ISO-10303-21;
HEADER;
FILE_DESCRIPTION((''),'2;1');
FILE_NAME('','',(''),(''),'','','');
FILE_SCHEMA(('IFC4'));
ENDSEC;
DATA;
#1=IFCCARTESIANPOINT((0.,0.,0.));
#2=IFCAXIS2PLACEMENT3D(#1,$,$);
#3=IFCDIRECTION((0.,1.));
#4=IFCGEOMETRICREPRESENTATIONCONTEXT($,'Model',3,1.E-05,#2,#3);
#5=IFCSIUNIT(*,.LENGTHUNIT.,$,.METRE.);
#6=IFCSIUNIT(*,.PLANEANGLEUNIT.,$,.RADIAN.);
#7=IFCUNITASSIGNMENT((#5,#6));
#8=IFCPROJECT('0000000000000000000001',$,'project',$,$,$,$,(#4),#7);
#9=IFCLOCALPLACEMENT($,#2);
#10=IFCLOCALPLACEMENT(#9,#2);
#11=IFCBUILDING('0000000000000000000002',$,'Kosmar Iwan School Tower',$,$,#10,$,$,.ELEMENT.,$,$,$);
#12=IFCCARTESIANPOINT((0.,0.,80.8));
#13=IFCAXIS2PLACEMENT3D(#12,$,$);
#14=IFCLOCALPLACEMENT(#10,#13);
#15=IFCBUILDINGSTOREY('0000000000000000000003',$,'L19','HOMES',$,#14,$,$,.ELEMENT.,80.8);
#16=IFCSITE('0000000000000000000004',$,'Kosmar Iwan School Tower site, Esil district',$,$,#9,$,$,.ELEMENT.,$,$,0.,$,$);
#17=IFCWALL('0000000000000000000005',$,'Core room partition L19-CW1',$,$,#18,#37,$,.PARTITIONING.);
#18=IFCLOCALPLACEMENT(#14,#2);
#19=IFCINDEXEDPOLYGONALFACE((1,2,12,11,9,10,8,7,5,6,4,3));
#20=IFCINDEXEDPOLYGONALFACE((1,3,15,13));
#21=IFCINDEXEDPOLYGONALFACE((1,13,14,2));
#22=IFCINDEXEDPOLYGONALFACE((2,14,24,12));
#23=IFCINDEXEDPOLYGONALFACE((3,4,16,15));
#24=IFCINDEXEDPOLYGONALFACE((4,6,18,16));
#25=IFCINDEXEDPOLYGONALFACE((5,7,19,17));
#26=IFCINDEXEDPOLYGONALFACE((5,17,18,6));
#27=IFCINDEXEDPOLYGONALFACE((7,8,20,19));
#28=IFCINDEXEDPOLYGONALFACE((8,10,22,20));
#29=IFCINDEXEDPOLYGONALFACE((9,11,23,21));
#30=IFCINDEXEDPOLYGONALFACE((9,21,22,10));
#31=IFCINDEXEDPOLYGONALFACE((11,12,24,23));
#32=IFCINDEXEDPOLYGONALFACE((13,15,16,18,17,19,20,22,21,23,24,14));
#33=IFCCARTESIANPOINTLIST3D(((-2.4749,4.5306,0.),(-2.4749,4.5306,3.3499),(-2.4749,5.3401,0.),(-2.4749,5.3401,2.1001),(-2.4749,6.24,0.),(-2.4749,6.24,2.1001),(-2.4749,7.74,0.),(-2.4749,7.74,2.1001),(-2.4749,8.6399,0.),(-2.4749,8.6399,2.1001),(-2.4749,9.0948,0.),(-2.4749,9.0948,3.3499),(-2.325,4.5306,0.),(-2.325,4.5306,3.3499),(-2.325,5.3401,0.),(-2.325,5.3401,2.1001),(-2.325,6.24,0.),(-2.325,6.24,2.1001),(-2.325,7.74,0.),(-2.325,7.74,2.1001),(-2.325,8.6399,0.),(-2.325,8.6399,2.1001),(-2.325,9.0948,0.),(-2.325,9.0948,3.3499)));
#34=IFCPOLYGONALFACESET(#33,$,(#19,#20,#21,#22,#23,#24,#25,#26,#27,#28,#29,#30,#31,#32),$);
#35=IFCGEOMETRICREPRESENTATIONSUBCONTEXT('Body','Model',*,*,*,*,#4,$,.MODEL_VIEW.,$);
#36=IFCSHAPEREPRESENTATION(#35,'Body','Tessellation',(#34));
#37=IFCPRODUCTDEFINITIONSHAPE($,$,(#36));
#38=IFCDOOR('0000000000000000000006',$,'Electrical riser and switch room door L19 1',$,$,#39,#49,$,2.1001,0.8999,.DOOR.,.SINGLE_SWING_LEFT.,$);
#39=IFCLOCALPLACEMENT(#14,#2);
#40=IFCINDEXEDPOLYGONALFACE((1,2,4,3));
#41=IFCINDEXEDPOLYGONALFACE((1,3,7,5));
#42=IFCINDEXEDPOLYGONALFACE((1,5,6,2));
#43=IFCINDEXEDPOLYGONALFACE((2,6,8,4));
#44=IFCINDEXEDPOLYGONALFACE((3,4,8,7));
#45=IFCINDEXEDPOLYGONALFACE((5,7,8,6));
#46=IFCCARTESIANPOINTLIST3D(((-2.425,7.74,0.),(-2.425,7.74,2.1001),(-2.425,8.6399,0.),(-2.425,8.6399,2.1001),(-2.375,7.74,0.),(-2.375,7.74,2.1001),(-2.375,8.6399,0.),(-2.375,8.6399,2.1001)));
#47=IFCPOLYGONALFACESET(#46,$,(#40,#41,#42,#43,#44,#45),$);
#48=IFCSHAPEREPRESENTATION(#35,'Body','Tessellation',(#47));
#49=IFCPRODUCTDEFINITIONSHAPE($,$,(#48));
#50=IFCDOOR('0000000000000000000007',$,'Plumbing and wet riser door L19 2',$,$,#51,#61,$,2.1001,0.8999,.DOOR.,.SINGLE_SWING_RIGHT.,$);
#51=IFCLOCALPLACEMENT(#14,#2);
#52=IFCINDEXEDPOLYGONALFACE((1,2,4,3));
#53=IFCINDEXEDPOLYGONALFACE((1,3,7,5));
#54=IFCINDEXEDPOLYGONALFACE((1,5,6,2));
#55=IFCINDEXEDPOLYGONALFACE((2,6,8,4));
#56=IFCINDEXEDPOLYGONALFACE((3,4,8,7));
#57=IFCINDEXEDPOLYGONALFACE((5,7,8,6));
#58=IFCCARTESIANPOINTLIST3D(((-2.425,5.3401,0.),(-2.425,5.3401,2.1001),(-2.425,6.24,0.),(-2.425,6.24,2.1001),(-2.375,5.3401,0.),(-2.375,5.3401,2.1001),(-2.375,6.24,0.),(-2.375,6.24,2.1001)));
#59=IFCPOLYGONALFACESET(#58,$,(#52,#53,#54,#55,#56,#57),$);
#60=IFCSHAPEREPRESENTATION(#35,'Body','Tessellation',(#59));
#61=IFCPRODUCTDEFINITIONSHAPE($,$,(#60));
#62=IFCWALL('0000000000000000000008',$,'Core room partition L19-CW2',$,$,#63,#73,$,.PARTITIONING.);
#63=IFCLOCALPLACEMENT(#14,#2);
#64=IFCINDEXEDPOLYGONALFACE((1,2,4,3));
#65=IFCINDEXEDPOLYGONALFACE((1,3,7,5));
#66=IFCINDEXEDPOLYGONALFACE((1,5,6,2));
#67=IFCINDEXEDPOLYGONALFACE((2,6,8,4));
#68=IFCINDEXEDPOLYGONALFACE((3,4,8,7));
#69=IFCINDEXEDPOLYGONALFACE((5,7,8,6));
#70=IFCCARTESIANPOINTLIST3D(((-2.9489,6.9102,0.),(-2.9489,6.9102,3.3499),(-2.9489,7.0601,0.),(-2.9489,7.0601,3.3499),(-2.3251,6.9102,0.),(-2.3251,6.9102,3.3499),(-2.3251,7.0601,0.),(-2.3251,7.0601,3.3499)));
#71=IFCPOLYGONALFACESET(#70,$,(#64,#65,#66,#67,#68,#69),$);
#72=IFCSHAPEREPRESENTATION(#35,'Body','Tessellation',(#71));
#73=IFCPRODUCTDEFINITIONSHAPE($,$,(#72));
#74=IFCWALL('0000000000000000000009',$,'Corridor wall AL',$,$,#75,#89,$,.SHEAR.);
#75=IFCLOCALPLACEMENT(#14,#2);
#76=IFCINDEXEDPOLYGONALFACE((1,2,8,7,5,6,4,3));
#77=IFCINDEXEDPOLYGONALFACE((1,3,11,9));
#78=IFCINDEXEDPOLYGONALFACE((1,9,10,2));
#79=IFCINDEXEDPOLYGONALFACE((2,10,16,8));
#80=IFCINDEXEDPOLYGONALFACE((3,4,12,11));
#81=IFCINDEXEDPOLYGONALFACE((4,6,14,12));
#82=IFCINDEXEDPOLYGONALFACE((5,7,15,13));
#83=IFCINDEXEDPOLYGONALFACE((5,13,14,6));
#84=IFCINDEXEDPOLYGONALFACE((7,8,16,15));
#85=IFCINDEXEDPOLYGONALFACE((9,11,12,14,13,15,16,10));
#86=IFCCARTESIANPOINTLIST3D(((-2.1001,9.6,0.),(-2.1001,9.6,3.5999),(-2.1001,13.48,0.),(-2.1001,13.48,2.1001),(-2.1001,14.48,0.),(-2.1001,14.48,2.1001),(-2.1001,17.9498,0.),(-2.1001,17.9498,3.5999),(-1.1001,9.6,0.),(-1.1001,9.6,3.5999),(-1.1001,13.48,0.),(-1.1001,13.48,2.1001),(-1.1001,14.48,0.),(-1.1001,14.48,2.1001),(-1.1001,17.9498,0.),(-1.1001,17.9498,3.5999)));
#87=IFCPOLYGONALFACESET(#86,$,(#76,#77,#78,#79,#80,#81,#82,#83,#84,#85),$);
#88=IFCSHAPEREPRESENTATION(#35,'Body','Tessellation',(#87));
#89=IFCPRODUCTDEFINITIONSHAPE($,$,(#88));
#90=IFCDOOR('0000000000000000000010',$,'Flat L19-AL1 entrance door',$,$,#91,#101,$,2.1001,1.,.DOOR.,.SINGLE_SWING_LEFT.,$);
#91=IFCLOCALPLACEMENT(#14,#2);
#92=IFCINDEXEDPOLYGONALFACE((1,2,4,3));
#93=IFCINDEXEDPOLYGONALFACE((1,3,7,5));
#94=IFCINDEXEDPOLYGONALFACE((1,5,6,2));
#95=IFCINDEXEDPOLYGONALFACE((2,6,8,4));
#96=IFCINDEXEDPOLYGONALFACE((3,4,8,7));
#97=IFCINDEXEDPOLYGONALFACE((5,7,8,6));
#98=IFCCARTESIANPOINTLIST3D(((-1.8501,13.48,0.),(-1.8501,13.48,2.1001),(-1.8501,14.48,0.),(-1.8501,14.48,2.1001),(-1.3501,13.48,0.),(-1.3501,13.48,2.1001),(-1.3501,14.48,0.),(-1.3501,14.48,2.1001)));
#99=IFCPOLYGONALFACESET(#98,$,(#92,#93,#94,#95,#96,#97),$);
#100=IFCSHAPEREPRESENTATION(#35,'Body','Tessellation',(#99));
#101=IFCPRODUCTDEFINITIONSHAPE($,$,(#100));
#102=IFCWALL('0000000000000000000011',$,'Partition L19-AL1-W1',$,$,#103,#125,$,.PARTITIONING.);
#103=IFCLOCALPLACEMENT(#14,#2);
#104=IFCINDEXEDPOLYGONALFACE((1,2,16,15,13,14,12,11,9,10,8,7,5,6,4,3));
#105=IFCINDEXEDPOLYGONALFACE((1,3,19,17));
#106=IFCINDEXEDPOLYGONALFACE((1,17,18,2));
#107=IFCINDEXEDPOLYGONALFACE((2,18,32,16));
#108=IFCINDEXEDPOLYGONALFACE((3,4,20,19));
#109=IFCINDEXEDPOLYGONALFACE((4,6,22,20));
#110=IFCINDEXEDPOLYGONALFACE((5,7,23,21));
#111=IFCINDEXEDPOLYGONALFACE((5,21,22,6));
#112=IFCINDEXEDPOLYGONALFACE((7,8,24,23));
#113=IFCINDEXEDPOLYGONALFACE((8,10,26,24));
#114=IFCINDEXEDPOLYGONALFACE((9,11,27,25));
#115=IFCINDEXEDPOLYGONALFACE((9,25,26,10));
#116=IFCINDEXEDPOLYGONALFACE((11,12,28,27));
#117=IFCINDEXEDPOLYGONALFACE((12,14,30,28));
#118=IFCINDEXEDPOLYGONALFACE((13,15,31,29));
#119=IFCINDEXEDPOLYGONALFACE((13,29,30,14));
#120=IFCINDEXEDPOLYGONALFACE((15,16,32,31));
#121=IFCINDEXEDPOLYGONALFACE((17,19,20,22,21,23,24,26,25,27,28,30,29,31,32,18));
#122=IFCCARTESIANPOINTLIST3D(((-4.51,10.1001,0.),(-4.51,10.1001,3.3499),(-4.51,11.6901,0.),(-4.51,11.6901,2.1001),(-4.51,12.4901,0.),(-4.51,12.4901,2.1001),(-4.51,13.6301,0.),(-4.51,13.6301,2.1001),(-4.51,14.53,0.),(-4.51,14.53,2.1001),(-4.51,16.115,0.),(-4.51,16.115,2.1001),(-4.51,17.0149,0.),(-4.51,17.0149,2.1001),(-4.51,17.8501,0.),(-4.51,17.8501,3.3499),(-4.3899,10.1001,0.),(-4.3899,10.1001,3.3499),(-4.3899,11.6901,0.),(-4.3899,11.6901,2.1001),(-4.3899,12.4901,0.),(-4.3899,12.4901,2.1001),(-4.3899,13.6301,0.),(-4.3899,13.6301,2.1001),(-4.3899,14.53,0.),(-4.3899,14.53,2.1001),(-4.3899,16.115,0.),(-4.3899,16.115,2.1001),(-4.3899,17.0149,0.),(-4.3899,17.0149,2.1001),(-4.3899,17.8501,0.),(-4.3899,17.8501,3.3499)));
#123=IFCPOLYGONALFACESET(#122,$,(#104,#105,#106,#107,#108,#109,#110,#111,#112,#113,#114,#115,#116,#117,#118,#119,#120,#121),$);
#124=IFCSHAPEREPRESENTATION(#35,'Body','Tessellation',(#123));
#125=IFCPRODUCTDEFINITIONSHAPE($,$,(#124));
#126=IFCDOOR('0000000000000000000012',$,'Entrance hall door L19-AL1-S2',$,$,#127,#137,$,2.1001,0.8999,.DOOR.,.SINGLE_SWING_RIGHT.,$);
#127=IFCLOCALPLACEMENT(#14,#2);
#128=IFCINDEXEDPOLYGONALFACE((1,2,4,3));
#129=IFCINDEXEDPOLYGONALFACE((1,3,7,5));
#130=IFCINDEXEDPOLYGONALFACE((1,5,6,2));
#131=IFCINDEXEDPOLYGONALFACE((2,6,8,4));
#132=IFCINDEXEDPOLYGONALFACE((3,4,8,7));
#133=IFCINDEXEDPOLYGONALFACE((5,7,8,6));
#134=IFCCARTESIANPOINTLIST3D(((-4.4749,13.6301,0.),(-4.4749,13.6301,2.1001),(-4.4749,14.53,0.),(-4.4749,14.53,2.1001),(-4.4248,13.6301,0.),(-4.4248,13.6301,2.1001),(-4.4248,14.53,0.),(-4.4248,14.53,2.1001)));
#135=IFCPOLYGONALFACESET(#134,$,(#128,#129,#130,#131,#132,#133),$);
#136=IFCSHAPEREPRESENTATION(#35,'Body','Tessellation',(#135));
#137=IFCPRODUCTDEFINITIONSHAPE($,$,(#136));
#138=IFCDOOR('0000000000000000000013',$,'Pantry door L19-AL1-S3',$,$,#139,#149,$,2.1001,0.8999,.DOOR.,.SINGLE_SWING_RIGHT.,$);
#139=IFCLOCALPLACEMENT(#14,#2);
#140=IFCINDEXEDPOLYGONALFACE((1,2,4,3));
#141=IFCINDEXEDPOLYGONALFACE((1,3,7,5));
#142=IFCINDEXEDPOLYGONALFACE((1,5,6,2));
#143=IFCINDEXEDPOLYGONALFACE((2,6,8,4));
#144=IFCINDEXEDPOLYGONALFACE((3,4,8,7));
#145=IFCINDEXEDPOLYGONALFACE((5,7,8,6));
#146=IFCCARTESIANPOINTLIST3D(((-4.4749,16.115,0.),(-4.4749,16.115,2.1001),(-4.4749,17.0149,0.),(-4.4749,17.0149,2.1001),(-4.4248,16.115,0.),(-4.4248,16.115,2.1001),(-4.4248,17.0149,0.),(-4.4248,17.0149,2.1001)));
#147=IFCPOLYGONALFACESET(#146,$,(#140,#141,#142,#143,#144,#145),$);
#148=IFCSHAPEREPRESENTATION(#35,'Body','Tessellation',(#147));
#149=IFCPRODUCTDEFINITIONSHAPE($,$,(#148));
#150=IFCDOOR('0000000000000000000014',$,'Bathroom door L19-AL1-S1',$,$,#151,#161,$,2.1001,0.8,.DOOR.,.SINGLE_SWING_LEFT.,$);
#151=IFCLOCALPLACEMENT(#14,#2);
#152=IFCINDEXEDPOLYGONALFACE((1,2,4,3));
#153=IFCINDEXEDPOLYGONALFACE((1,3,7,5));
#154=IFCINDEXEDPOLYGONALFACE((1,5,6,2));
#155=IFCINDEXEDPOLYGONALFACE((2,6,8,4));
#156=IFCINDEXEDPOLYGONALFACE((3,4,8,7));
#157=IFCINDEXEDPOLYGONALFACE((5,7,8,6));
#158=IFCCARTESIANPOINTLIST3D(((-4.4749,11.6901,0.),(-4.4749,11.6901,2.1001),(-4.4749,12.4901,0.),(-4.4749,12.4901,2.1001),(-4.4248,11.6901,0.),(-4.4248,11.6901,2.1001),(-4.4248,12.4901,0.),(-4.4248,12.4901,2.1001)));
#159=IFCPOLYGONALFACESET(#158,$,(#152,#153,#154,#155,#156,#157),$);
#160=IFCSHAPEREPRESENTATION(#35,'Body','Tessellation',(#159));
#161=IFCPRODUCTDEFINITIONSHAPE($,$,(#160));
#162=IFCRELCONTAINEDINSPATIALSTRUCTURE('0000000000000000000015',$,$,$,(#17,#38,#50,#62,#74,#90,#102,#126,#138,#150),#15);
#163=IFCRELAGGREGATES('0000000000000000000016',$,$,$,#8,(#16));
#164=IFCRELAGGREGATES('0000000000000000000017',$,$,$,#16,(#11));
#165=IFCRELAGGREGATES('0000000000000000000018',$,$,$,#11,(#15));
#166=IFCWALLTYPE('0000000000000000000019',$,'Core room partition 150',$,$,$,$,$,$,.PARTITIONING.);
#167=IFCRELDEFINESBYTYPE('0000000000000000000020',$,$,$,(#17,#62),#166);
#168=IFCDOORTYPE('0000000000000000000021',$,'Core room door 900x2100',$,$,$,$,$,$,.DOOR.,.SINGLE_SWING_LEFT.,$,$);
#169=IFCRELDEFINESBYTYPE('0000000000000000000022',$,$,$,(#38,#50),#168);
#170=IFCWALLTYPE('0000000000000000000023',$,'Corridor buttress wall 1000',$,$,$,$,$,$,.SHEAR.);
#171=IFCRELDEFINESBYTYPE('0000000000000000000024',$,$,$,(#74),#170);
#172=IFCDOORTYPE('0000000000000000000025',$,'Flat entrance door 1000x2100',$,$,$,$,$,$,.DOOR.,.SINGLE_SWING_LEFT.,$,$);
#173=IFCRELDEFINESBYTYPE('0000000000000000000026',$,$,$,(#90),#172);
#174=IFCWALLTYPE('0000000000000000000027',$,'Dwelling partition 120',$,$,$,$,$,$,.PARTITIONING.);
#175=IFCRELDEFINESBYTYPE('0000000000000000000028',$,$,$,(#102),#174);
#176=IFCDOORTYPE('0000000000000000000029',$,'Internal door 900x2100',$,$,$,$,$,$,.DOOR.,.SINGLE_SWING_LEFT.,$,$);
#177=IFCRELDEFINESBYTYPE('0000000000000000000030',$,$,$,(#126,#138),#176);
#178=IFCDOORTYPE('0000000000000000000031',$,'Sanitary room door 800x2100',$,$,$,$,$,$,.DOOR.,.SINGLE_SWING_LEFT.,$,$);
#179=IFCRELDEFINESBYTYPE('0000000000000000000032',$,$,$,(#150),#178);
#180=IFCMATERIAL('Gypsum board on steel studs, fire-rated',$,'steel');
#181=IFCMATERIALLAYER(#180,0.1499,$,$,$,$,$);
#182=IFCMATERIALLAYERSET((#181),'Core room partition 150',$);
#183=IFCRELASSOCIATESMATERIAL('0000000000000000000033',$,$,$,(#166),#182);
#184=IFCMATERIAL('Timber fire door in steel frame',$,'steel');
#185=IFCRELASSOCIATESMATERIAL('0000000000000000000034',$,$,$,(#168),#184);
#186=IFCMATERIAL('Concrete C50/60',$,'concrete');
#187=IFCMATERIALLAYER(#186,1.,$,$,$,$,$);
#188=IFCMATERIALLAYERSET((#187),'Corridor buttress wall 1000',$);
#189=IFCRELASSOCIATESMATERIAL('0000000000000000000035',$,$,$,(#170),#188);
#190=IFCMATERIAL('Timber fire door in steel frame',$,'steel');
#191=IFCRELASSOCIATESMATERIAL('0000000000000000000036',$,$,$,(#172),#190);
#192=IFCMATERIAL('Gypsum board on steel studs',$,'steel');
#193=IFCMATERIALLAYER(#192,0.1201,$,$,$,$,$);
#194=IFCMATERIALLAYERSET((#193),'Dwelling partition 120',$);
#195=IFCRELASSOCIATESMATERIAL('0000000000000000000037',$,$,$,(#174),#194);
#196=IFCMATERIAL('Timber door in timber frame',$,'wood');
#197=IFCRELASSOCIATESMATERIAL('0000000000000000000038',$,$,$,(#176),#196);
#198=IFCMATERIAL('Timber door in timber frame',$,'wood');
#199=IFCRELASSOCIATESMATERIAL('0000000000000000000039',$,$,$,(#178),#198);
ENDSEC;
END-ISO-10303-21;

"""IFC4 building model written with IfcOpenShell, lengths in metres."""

from ifc_helpers import new_model, si_unit, direction, frame, frame_2d, origin, place, context, subcontext, project, spatial, rectangle, extrude, material, layer, layer_set, type_object, element, fill, save


model = new_model("IFC4")

# Units and contexts
model_context = context("Model", 3, precision=1e-05, world=origin(), true_north=direction((0.0, 1.0)))
body_context = subcontext(model_context, "Body", "Model", "MODEL_VIEW")
ifc_project = project(units=[si_unit("LENGTHUNIT", "METRE"), si_unit("PLANEANGLEUNIT", "RADIAN")], contexts=[model_context])

# Site, building, storey
site_placement = place(None, origin())
site = spatial("IfcSite", under=ifc_project, at=site_placement, Name="Kosmar Iwan School Tower site, Esil district", CompositionType="ELEMENT", RefElevation=0.0)
building_placement = place(site_placement, origin())
building = spatial("IfcBuilding", under=site, at=building_placement, Name="Kosmar Iwan School Tower", CompositionType="ELEMENT")
storey_placement = place(building_placement, frame((0.0, 0.0, 80.8)))
storey = spatial("IfcBuildingStorey", under=building, at=storey_placement, Name="L19", Description="HOMES", CompositionType="ELEMENT", Elevation=80.8)

# Wall, openings, doors
ifc_material_1 = material(Name="Gypsum board on steel studs, fire-rated", Category="steel")
ifc_layer_1 = layer(ifc_material_1, 0.1499)
ifc_layer_set_1 = layer_set([ifc_layer_1], Name="Core room partition 150")
wall_type_1 = type_object("IfcWallType", Name="Core room partition 150", PredefinedType="PARTITIONING", material=ifc_layer_set_1)
wall_1_placement = place(storey_placement, frame((-2.3999, 9.095, 0.0), z_axis=(0.0, 0.0, 1.0), x_axis=(0.0, -1.0, 0.0)))
wall_1 = element("IfcWall", 1, at=wall_1_placement, inside=storey, type_object=wall_type_1, Name="Core room partition L19-CW1", PredefinedType="PARTITIONING", context=body_context, shape_type="SweptSolid", body=[
    extrude(rectangle(XDim=4.5642, YDim=0.1499, at=frame_2d((2.2822, 0.0))), origin(), (0.0, 0.0, 1.0), 3.3499),
])
opening_1_placement = place(wall_1_placement, frame((0.4551, 0.0, 0.0)))
opening_1 = element("IfcOpeningElement", 2, at=opening_1_placement, cuts=wall_1, PredefinedType="OPENING", context=body_context, shape_type="SweptSolid", body=[
    extrude(rectangle(XDim=0.8999, YDim=2.1001, at=frame_2d((0.45, 1.05))), frame((0.0, 0.0869, 0.0), z_axis=(0.0, -1.0, 0.0), x_axis=(1.0, 0.0, 0.0)), (0.0, 0.0, 1.0), 0.1738),
])
opening_2_placement = place(wall_1_placement, frame((2.855, 0.0, 0.0)))
opening_2 = element("IfcOpeningElement", 3, at=opening_2_placement, cuts=wall_1, PredefinedType="OPENING", context=body_context, shape_type="SweptSolid", body=[
    extrude(rectangle(XDim=0.8999, YDim=2.1001, at=frame_2d((0.45, 1.05))), frame((0.0, 0.0869, 0.0), z_axis=(0.0, -1.0, 0.0), x_axis=(1.0, 0.0, 0.0)), (0.0, 0.0, 1.0), 0.1738),
])
ifc_material_2 = material(Name="Timber fire door in steel frame", Category="steel")
door_type_1 = type_object("IfcDoorType", Name="Core room door 900x2100", OperationType="SINGLE_SWING_LEFT", PredefinedType="DOOR", material=ifc_material_2)
door_1_placement = place(opening_1_placement, origin())
door_1 = element("IfcDoor", 4, at=door_1_placement, inside=storey, type_object=door_type_1, Name="Electrical riser and switch room door L19 1", OperationType="SINGLE_SWING_LEFT", OverallHeight=2.1001, OverallWidth=0.8999, PredefinedType="DOOR", context=body_context, shape_type="SweptSolid", body=[
    extrude(rectangle(XDim=0.8999, YDim=2.1001, at=frame_2d((0.45, 1.05))), frame((0.0, 0.0249, 0.0), z_axis=(0.0, -1.0, 0.0), x_axis=(1.0, 0.0, 0.0)), (0.0, 0.0, 1.0), 0.05),
])
fill(opening_1, door_1)
door_2_placement = place(opening_2_placement, origin())
door_2 = element("IfcDoor", 5, at=door_2_placement, inside=storey, type_object=door_type_1, Name="Plumbing and wet riser door L19 2", OperationType="SINGLE_SWING_RIGHT", OverallHeight=2.1001, OverallWidth=0.8999, PredefinedType="DOOR", context=body_context, shape_type="SweptSolid", body=[
    extrude(rectangle(XDim=0.8999, YDim=2.1001, at=frame_2d((0.45, 1.05))), frame((0.0, 0.0249, 0.0), z_axis=(0.0, -1.0, 0.0), x_axis=(1.0, 0.0, 0.0)), (0.0, 0.0, 1.0), 0.05),
])
fill(opening_2, door_2)

# Wall
wall_2_placement = place(storey_placement, frame((-2.325, 6.9851, 0.0), z_axis=(0.0, 0.0, 1.0), x_axis=(-1.0, 0.0, 0.0)))
element("IfcWall", 6, at=wall_2_placement, inside=storey, type_object=wall_type_1, Name="Core room partition L19-CW2", PredefinedType="PARTITIONING", context=body_context, shape_type="SweptSolid", body=[
    extrude(rectangle(XDim=0.6238, YDim=0.1499, at=frame_2d((0.312, 0.0))), origin(), (0.0, 0.0, 1.0), 3.3499),
])

# Wall, opening, door
ifc_material_3 = material(Name="Concrete C50/60", Category="concrete")
ifc_layer_2 = layer(ifc_material_3, 1.0)
ifc_layer_set_2 = layer_set([ifc_layer_2], Name="Corridor buttress wall 1000")
wall_type_2 = type_object("IfcWallType", Name="Corridor buttress wall 1000", PredefinedType="SHEAR", material=ifc_layer_set_2)
wall_3_placement = place(storey_placement, frame((-1.6001, 9.6001, 0.0), z_axis=(0.0, 0.0, 1.0), x_axis=(0.0, 1.0, 0.0)))
wall_3 = element("IfcWall", 7, at=wall_3_placement, inside=storey, type_object=wall_type_2, Name="Corridor wall AL", PredefinedType="SHEAR", context=body_context, shape_type="SweptSolid", body=[
    extrude(rectangle(XDim=8.3499, YDim=1.0, at=frame_2d((4.1748, 0.0))), origin(), (0.0, 0.0, 1.0), 3.5999),
])
opening_3_placement = place(wall_3_placement, frame((3.8799, 0.0, 0.0)))
opening_3 = element("IfcOpeningElement", 8, at=opening_3_placement, cuts=wall_3, PredefinedType="OPENING", context=body_context, shape_type="SweptSolid", body=[
    extrude(rectangle(XDim=1.0, YDim=2.1001, at=frame_2d((0.5, 1.05))), frame((0.0, 0.512, 0.0), z_axis=(0.0, -1.0, 0.0), x_axis=(1.0, 0.0, 0.0)), (0.0, 0.0, 1.0), 1.0239),
])
ifc_material_4 = material(Name="Timber fire door in steel frame", Category="steel")
door_type_2 = type_object("IfcDoorType", Name="Flat entrance door 1000x2100", OperationType="SINGLE_SWING_LEFT", PredefinedType="DOOR", material=ifc_material_4)
door_3_placement = place(opening_3_placement, origin())
door_3 = element("IfcDoor", 9, at=door_3_placement, inside=storey, type_object=door_type_2, Name="Flat L19-AL1 entrance door", OperationType="SINGLE_SWING_LEFT", OverallHeight=2.1001, OverallWidth=1.0, PredefinedType="DOOR", context=body_context, shape_type="SweptSolid", body=[
    extrude(rectangle(XDim=1.0, YDim=2.1001, at=frame_2d((0.5, 1.05))), frame((0.0, 0.25, 0.0), z_axis=(0.0, -1.0, 0.0), x_axis=(1.0, 0.0, 0.0)), (0.0, 0.0, 1.0), 0.5),
])
fill(opening_3, door_3)

# Wall, openings, doors
ifc_material_5 = material(Name="Gypsum board on steel studs", Category="steel")
ifc_layer_3 = layer(ifc_material_5, 0.1201)
ifc_layer_set_3 = layer_set([ifc_layer_3], Name="Dwelling partition 120")
wall_type_3 = type_object("IfcWallType", Name="Dwelling partition 120", PredefinedType="PARTITIONING", material=ifc_layer_set_3)
wall_4_placement = place(storey_placement, frame((-4.45, 10.1001, 0.0), z_axis=(0.0, 0.0, 1.0), x_axis=(0.0, 1.0, 0.0)))
wall_4 = element("IfcWall", 10, at=wall_4_placement, inside=storey, type_object=wall_type_3, Name="Partition L19-AL1-W1", PredefinedType="PARTITIONING", context=body_context, shape_type="SweptSolid", body=[
    extrude(rectangle(XDim=7.75, YDim=0.1201, at=frame_2d((3.875, 0.0))), origin(), (0.0, 0.0, 1.0), 3.3499),
])
opening_4_placement = place(wall_4_placement, frame((1.5901, 0.0, 0.0)))
opening_4 = element("IfcOpeningElement", 11, at=opening_4_placement, cuts=wall_4, PredefinedType="OPENING", context=body_context, shape_type="SweptSolid", body=[
    extrude(rectangle(XDim=0.8, YDim=2.1001, at=frame_2d((0.3999, 1.05))), frame((0.0, 0.072, 0.0), z_axis=(0.0, -1.0, 0.0), x_axis=(1.0, 0.0, 0.0)), (0.0, 0.0, 1.0), 0.144),
])
opening_5_placement = place(wall_4_placement, frame((3.53, 0.0, 0.0)))
opening_5 = element("IfcOpeningElement", 12, at=opening_5_placement, cuts=wall_4, PredefinedType="OPENING", context=body_context, shape_type="SweptSolid", body=[
    extrude(rectangle(XDim=0.8999, YDim=2.1001, at=frame_2d((0.45, 1.05))), frame((0.0, 0.072, 0.0), z_axis=(0.0, -1.0, 0.0), x_axis=(1.0, 0.0, 0.0)), (0.0, 0.0, 1.0), 0.144),
])
opening_6_placement = place(wall_4_placement, frame((6.0149, 0.0, 0.0)))
opening_6 = element("IfcOpeningElement", 13, at=opening_6_placement, cuts=wall_4, PredefinedType="OPENING", context=body_context, shape_type="SweptSolid", body=[
    extrude(rectangle(XDim=0.8999, YDim=2.1001, at=frame_2d((0.45, 1.05))), frame((0.0, 0.072, 0.0), z_axis=(0.0, -1.0, 0.0), x_axis=(1.0, 0.0, 0.0)), (0.0, 0.0, 1.0), 0.144),
])
ifc_material_6 = material(Name="Timber door in timber frame", Category="wood")
door_type_3 = type_object("IfcDoorType", Name="Internal door 900x2100", OperationType="SINGLE_SWING_LEFT", PredefinedType="DOOR", material=ifc_material_6)
door_4_placement = place(opening_5_placement, origin())
door_4 = element("IfcDoor", 14, at=door_4_placement, inside=storey, type_object=door_type_3, Name="Entrance hall door L19-AL1-S2", OperationType="SINGLE_SWING_RIGHT", OverallHeight=2.1001, OverallWidth=0.8999, PredefinedType="DOOR", context=body_context, shape_type="SweptSolid", body=[
    extrude(rectangle(XDim=0.8999, YDim=2.1001, at=frame_2d((0.45, 1.05))), frame((0.0, 0.0249, 0.0), z_axis=(0.0, -1.0, 0.0), x_axis=(1.0, 0.0, 0.0)), (0.0, 0.0, 1.0), 0.05),
])
fill(opening_5, door_4)
door_5_placement = place(opening_6_placement, origin())
door_5 = element("IfcDoor", 15, at=door_5_placement, inside=storey, type_object=door_type_3, Name="Pantry door L19-AL1-S3", OperationType="SINGLE_SWING_RIGHT", OverallHeight=2.1001, OverallWidth=0.8999, PredefinedType="DOOR", context=body_context, shape_type="SweptSolid", body=[
    extrude(rectangle(XDim=0.8999, YDim=2.1001, at=frame_2d((0.45, 1.05))), frame((0.0, 0.0249, 0.0), z_axis=(0.0, -1.0, 0.0), x_axis=(1.0, 0.0, 0.0)), (0.0, 0.0, 1.0), 0.05),
])
fill(opening_6, door_5)
ifc_material_7 = material(Name="Timber door in timber frame", Category="wood")
door_type_4 = type_object("IfcDoorType", Name="Sanitary room door 800x2100", OperationType="SINGLE_SWING_LEFT", PredefinedType="DOOR", material=ifc_material_7)
door_6_placement = place(opening_4_placement, origin())
door_6 = element("IfcDoor", 16, at=door_6_placement, inside=storey, type_object=door_type_4, Name="Bathroom door L19-AL1-S1", OperationType="SINGLE_SWING_LEFT", OverallHeight=2.1001, OverallWidth=0.8, PredefinedType="DOOR", context=body_context, shape_type="SweptSolid", body=[
    extrude(rectangle(XDim=0.8, YDim=2.1001, at=frame_2d((0.3999, 1.05))), frame((0.0, 0.0249, 0.0), z_axis=(0.0, -1.0, 0.0), x_axis=(1.0, 0.0, 0.0)), (0.0, 0.0, 1.0), 0.05),
])
fill(opening_4, door_6)

save(model, "model.ifc")
